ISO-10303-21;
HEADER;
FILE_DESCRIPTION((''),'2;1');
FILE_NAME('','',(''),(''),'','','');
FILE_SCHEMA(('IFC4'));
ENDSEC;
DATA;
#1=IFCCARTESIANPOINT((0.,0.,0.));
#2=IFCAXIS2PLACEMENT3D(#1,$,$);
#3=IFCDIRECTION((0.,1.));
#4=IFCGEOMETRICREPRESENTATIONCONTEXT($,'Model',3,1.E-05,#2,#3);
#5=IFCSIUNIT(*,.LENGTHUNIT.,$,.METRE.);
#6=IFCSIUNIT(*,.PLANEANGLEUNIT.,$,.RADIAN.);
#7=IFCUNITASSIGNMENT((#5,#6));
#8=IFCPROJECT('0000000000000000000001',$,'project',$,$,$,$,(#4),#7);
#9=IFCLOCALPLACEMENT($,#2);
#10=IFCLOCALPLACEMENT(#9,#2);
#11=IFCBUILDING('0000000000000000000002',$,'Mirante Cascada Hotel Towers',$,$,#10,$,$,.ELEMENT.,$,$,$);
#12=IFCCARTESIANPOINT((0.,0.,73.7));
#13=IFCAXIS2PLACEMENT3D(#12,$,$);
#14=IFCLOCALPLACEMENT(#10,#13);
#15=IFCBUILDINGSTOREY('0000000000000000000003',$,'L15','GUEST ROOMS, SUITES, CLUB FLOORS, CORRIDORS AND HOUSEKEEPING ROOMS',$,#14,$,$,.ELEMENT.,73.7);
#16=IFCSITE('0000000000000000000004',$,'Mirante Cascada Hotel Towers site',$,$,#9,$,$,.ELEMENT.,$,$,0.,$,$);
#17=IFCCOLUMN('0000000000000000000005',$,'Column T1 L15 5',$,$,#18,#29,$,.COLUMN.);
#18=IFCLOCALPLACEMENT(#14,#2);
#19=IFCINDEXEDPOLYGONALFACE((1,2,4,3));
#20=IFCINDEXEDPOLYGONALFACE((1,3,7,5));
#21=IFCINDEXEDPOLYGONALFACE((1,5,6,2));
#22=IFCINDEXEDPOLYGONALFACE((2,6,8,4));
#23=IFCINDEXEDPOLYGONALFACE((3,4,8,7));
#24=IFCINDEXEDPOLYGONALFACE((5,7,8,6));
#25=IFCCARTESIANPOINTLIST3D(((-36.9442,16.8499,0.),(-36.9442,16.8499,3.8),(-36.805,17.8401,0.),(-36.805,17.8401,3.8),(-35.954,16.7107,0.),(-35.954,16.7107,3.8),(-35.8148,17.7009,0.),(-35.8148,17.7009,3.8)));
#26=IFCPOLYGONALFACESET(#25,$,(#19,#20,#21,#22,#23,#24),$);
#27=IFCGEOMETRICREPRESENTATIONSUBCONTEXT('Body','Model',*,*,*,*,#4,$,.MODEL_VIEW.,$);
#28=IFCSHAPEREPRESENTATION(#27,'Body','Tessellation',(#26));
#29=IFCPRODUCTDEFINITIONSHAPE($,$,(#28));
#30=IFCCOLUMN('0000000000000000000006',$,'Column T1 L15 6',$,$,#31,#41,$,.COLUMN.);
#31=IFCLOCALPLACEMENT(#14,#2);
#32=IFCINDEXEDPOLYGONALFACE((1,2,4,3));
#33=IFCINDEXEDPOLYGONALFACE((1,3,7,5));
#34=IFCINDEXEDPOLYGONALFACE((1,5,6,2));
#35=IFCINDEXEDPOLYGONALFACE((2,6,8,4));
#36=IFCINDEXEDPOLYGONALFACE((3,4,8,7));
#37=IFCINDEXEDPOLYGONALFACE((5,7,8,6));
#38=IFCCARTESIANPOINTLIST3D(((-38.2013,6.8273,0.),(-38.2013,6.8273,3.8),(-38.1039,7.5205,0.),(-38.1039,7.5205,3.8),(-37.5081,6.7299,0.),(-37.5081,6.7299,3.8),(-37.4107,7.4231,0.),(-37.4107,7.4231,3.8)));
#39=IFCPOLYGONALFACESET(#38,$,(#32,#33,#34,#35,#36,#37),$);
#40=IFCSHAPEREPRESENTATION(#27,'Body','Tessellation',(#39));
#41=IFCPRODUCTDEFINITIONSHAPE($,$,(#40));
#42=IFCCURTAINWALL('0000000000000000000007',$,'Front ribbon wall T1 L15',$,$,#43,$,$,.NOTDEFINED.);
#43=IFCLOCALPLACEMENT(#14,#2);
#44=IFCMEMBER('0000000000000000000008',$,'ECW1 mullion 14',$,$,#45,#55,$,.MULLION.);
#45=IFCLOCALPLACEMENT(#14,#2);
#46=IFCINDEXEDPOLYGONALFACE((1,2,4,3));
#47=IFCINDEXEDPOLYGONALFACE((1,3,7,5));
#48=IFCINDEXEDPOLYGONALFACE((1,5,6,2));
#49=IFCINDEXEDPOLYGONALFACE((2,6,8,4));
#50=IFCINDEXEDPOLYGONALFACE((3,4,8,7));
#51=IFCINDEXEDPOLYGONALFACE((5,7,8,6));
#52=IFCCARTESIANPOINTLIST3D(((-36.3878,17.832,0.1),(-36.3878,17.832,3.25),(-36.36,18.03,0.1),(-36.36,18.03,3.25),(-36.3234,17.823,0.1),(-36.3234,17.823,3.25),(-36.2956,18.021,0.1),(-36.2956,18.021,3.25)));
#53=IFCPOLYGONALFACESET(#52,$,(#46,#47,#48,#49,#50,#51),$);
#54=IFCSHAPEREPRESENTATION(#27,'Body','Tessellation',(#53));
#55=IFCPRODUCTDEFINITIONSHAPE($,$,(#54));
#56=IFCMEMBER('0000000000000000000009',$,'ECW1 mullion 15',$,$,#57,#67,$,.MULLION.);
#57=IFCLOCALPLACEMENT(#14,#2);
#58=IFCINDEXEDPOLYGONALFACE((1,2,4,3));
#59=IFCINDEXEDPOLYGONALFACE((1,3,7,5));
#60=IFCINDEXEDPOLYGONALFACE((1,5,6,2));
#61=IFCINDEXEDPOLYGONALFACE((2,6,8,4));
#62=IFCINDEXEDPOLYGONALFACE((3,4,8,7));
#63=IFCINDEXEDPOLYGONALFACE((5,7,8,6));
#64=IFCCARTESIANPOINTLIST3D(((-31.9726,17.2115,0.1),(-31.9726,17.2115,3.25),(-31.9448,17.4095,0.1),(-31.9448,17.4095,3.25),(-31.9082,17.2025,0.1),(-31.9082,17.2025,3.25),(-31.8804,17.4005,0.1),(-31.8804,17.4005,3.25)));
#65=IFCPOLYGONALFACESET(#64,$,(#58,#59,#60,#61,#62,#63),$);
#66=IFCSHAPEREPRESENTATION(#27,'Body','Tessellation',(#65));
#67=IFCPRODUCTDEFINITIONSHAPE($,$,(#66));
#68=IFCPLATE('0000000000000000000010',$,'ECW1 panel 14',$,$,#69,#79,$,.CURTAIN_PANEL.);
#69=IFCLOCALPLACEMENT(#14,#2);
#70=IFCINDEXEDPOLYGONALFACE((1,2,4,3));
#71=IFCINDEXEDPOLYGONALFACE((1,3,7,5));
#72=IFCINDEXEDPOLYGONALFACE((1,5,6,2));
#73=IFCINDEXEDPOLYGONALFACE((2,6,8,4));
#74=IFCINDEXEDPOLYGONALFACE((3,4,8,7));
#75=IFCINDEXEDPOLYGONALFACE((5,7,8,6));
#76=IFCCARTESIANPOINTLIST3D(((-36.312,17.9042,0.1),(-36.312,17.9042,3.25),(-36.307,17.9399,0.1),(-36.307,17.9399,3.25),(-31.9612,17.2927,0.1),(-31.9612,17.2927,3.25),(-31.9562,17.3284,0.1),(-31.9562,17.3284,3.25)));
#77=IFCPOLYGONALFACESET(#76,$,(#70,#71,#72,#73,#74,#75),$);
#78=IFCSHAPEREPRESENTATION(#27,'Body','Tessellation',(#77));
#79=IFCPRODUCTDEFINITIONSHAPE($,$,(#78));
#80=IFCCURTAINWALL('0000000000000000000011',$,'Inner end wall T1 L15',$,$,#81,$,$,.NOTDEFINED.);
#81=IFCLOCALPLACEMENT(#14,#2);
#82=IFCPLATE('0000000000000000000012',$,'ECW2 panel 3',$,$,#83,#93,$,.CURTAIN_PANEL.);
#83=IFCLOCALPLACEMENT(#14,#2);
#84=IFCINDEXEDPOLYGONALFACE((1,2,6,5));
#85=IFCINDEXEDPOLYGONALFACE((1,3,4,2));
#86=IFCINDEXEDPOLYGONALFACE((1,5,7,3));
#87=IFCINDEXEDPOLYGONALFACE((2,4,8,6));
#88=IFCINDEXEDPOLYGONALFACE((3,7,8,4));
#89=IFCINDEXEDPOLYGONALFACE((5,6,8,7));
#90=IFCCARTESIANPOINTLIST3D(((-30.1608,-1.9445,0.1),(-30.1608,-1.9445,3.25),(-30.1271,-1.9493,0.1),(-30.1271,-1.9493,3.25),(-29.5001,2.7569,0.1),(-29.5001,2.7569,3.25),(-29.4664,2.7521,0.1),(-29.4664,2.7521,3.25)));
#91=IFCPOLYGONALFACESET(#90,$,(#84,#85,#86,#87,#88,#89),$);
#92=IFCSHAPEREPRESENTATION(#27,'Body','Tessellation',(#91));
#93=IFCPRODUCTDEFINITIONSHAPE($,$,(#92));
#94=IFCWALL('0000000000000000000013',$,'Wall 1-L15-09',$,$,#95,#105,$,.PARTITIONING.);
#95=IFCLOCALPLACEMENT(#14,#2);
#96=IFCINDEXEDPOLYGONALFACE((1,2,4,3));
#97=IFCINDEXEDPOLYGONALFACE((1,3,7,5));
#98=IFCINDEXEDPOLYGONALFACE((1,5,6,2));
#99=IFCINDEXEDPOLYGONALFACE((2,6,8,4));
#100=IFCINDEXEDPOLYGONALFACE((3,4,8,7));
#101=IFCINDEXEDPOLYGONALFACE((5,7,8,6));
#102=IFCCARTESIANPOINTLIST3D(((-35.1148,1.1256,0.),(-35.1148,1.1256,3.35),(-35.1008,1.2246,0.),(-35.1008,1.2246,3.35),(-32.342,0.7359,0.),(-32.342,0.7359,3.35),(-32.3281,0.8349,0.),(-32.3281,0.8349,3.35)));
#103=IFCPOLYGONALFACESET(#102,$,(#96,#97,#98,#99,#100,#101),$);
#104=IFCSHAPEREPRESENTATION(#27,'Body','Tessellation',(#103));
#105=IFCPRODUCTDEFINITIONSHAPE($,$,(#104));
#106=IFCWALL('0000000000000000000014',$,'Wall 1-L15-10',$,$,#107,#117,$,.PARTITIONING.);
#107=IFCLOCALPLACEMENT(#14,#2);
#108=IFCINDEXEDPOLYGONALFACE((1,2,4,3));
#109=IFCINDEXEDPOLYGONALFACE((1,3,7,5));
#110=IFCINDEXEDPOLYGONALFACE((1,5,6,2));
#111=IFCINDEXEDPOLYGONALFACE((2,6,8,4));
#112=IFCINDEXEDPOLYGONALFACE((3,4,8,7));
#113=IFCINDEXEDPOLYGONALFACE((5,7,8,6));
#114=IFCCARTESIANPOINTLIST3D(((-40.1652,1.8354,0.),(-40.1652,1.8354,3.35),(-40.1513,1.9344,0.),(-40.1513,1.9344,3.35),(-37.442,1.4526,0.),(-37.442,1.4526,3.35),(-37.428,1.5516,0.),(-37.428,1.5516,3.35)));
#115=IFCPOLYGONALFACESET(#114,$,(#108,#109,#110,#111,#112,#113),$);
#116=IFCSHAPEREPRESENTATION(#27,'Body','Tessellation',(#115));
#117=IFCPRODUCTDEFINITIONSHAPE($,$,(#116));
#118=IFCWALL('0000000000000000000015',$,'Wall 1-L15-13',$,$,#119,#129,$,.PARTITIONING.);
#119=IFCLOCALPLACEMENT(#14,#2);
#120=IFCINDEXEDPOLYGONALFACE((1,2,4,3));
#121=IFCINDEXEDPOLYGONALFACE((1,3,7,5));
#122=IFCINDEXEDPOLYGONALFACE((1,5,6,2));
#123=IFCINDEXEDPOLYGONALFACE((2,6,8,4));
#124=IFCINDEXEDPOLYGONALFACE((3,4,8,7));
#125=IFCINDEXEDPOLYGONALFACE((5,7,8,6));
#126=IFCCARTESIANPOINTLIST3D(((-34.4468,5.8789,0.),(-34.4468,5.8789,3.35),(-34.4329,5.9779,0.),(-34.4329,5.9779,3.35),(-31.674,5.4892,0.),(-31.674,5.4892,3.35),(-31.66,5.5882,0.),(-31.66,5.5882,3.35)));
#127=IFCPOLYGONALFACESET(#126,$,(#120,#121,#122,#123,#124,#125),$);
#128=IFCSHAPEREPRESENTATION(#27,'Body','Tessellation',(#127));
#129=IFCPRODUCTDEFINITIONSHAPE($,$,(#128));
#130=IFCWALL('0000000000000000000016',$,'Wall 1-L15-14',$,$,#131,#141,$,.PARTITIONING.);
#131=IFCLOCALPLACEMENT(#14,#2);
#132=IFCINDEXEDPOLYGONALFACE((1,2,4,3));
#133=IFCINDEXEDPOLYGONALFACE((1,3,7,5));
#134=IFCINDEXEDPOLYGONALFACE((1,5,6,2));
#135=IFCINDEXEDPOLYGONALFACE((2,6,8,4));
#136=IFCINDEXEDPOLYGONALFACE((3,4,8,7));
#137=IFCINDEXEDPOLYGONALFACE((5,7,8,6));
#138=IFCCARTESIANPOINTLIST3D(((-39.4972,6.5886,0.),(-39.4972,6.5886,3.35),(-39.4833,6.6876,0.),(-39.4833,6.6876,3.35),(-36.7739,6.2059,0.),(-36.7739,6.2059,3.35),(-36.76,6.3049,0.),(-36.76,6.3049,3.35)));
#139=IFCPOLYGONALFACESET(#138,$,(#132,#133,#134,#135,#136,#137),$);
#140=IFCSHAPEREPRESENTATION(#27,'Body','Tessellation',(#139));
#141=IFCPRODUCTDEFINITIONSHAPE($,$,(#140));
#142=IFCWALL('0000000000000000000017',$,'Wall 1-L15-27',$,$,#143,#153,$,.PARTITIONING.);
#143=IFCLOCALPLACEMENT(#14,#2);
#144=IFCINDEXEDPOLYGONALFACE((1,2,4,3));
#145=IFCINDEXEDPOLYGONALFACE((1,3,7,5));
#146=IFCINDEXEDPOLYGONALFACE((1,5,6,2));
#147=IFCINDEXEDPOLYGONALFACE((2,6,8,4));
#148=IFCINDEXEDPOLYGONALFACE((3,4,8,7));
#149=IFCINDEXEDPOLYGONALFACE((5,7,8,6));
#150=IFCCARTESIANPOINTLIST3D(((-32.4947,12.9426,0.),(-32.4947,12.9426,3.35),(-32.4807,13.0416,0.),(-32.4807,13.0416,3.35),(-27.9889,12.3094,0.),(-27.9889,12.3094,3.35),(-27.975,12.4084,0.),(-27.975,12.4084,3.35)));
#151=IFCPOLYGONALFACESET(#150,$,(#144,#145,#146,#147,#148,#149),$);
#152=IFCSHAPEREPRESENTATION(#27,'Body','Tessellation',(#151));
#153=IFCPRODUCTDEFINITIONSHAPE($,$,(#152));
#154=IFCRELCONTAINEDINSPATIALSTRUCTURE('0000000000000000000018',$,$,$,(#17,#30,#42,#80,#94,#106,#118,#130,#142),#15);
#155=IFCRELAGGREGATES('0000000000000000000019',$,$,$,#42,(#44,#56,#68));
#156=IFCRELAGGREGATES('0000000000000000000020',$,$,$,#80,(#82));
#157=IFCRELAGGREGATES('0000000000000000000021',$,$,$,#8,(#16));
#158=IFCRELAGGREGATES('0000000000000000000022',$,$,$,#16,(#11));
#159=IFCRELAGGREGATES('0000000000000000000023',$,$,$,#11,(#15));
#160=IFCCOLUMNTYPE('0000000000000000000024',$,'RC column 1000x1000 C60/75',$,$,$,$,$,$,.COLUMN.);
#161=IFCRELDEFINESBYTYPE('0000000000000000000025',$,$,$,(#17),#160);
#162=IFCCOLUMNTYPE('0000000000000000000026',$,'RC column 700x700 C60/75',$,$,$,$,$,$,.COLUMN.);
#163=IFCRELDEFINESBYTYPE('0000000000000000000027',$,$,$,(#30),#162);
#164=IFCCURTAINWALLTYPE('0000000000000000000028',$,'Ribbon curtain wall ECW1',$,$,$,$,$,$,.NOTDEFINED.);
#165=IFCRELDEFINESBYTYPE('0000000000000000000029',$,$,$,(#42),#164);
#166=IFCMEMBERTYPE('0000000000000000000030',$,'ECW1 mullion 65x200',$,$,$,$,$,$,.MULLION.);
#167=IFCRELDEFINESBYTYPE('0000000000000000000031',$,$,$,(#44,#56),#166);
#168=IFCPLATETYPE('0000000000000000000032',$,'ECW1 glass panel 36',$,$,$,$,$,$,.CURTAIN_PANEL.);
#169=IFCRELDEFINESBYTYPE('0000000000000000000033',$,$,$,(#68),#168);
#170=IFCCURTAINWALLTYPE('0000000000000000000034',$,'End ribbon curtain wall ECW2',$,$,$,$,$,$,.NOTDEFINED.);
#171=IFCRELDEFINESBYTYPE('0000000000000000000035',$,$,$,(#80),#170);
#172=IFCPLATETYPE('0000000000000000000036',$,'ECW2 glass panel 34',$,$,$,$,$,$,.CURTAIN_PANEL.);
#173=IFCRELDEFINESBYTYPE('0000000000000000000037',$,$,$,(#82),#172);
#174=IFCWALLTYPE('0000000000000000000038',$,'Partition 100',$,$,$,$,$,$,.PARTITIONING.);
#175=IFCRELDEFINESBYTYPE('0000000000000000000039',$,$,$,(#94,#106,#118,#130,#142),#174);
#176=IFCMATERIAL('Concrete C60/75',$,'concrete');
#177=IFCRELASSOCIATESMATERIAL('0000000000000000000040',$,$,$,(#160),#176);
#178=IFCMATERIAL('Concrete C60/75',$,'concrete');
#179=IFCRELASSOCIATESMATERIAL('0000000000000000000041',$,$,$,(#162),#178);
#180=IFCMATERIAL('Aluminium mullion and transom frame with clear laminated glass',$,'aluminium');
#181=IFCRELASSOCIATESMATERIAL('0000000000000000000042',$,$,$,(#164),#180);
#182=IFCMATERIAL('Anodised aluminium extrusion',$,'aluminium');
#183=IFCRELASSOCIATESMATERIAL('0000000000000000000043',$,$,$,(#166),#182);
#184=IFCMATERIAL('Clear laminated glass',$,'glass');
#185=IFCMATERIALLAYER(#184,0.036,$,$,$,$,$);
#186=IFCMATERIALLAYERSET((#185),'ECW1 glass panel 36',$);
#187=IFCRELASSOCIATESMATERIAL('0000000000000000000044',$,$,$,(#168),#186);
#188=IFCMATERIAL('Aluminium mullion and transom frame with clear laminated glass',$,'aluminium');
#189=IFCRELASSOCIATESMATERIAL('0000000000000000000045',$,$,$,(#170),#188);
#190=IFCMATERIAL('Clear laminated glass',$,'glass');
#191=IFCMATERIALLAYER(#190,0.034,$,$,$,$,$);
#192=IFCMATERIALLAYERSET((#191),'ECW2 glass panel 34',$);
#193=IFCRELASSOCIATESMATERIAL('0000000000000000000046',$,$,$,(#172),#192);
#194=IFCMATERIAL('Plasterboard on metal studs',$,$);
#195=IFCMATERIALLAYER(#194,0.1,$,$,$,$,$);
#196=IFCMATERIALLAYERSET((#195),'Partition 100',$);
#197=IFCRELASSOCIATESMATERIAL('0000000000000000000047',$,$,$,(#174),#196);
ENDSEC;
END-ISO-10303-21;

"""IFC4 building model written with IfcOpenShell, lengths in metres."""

from ifc_helpers import new_model, si_unit, direction, frame, frame_2d, origin, origin_2d, place, context, subcontext, project, spatial, rectangle, extrude, material, layer, layer_set, material_profile, profile_set, type_object, element, aggregate, save


model = new_model("IFC4")

# Units and contexts
model_context = context("Model", 3, precision=1e-05, world=origin(), true_north=direction((0.0, 1.0)))
body_context = subcontext(model_context, "Body", "Model", "MODEL_VIEW")
ifc_project = project(units=[si_unit("LENGTHUNIT", "METRE"), si_unit("PLANEANGLEUNIT", "RADIAN")], contexts=[model_context])

# Site, building, storey
site_placement = place(None, origin())
site = spatial("IfcSite", under=ifc_project, at=site_placement, Name="Mirante Cascada Hotel Towers site", CompositionType="ELEMENT", RefElevation=0.0)
building_placement = place(site_placement, origin())
building = spatial("IfcBuilding", under=site, at=building_placement, Name="Mirante Cascada Hotel Towers", CompositionType="ELEMENT")
storey_placement = place(building_placement, frame((0.0, 0.0, 73.7)))
storey = spatial("IfcBuildingStorey", under=building, at=storey_placement, Name="L15", Description="GUEST ROOMS, SUITES, CLUB FLOORS, CORRIDORS AND HOUSEKEEPING ROOMS", CompositionType="ELEMENT", Elevation=73.7)

# Columns
ifc_material_1 = material(Name="Concrete C60/75", Category="concrete")
ifc_material_profile_1 = material_profile(ifc_material_1, rectangle(XDim=1.0, YDim=1.0, at=origin_2d()), Name="RC column 1000x1000 C60/75")
ifc_profile_set_1 = profile_set([ifc_material_profile_1], Name="Concrete C60/75")
column_type_1 = type_object("IfcColumnType", Name="RC column 1000x1000 C60/75", PredefinedType="COLUMN", material=ifc_profile_set_1)
column_1_placement = place(storey_placement, frame((-36.3795, 17.2754, 0.0), z_axis=(0.0, 0.0, 1.0), x_axis=(-0.990268, 0.139173, 0.0)))
element("IfcColumn", 1, at=column_1_placement, inside=storey, type_object=column_type_1, Name="Column T1 L15 5", PredefinedType="COLUMN", context=body_context, shape_type="SweptSolid", body=[
    extrude(rectangle(XDim=1.0, YDim=1.0, at=origin_2d()), origin(), (0.0, 0.0, 1.0), 3.8),
])
ifc_material_2 = material(Name="Concrete C60/75", Category="concrete")
ifc_material_profile_2 = material_profile(ifc_material_2, rectangle(XDim=0.7, YDim=0.7, at=origin_2d()), Name="RC column 700x700 C60/75")
ifc_profile_set_2 = profile_set([ifc_material_profile_2], Name="Concrete C60/75")
column_type_2 = type_object("IfcColumnType", Name="RC column 700x700 C60/75", PredefinedType="COLUMN", material=ifc_profile_set_2)
column_2_placement = place(storey_placement, frame((-37.806, 7.1252, 0.0), z_axis=(0.0, 0.0, 1.0), x_axis=(-0.990268, 0.139173, 0.0)))
element("IfcColumn", 2, at=column_2_placement, inside=storey, type_object=column_type_2, Name="Column T1 L15 6", PredefinedType="COLUMN", context=body_context, shape_type="SweptSolid", body=[
    extrude(rectangle(XDim=0.7, YDim=0.7, at=origin_2d()), origin(), (0.0, 0.0, 1.0), 3.8),
])

# Curtain wall, members, plate
ifc_material_3 = material(Name="Aluminium mullion and transom frame with clear laminated glass", Category="aluminium")
curtain_wall_type_1 = type_object("IfcCurtainWallType", Name="Ribbon curtain wall ECW1", PredefinedType="NOTDEFINED", material=ifc_material_3)
curtain_wall_1_placement = place(storey_placement, origin())
curtain_wall_1 = element("IfcCurtainWall", 3, at=curtain_wall_1_placement, inside=storey, type_object=curtain_wall_type_1, Name="Front ribbon wall T1 L15", PredefinedType="NOTDEFINED")
ifc_material_4 = material(Name="Anodised aluminium extrusion", Category="aluminium")
ifc_material_profile_3 = material_profile(ifc_material_4, rectangle(XDim=0.2, YDim=0.065, at=origin_2d()), Name="ECW1 MULLION 65x200")
ifc_profile_set_3 = profile_set([ifc_material_profile_3], Name="Anodised aluminium extrusion")
member_type = type_object("IfcMemberType", Name="ECW1 mullion 65x200", PredefinedType="MULLION", material=ifc_profile_set_3)
member_1_placement = place(storey_placement, frame((-36.3417, 17.9265, 0.1), z_axis=(0.0, 0.0, 1.0), x_axis=(0.139173, 0.990268, 0.0)))
member_1 = element("IfcMember", 4, at=member_1_placement, type_object=member_type, Name="ECW1 mullion 14", PredefinedType="MULLION", context=body_context, shape_type="SweptSolid", body=[
    extrude(rectangle(XDim=0.2, YDim=0.065, at=origin_2d()), origin(), (0.0, 0.0, 1.0), 3.15),
])
member_2_placement = place(storey_placement, frame((-31.9265, 17.306, 0.1), z_axis=(0.0, 0.0, 1.0), x_axis=(0.139173, 0.990268, 0.0)))
member_2 = element("IfcMember", 5, at=member_2_placement, type_object=member_type, Name="ECW1 mullion 15", PredefinedType="MULLION", context=body_context, shape_type="SweptSolid", body=[
    extrude(rectangle(XDim=0.2, YDim=0.065, at=origin_2d()), origin(), (0.0, 0.0, 1.0), 3.15),
])
ifc_material_5 = material(Name="Clear laminated glass", Category="glass")
ifc_layer_1 = layer(ifc_material_5, 0.036)
ifc_layer_set_1 = layer_set([ifc_layer_1], Name="ECW1 glass panel 36")
plate_type_1 = type_object("IfcPlateType", Name="ECW1 glass panel 36", PredefinedType="CURTAIN_PANEL", material=ifc_layer_set_1)
plate_1_placement = place(storey_placement, frame((-34.1341, 17.6163, 0.1), z_axis=(0.0, 0.0, 1.0), x_axis=(0.990268, -0.139173, 0.0)))
plate_1 = element("IfcPlate", 6, at=plate_1_placement, type_object=plate_type_1, Name="ECW1 panel 14", PredefinedType="CURTAIN_PANEL", context=body_context, shape_type="SweptSolid", body=[
    extrude(rectangle(XDim=4.3936, YDim=0.036, at=origin_2d()), origin(), (0.0, 0.0, 1.0), 3.15),
])
aggregate(curtain_wall_1, [member_1, member_2, plate_1])

# Curtain wall, plate
ifc_material_6 = material(Name="Aluminium mullion and transom frame with clear laminated glass", Category="aluminium")
curtain_wall_type_2 = type_object("IfcCurtainWallType", Name="End ribbon curtain wall ECW2", PredefinedType="NOTDEFINED", material=ifc_material_6)
curtain_wall_2_placement = place(storey_placement, origin())
curtain_wall_2 = element("IfcCurtainWall", 7, at=curtain_wall_2_placement, inside=storey, type_object=curtain_wall_type_2, Name="Inner end wall T1 L15", PredefinedType="NOTDEFINED")
ifc_material_7 = material(Name="Clear laminated glass", Category="glass")
ifc_layer_2 = layer(ifc_material_7, 0.034)
ifc_layer_set_2 = layer_set([ifc_layer_2], Name="ECW2 glass panel 34")
plate_type_2 = type_object("IfcPlateType", Name="ECW2 glass panel 34", PredefinedType="CURTAIN_PANEL", material=ifc_layer_set_2)
plate_2_placement = place(storey_placement, frame((-29.8136, 0.4038, 0.1), z_axis=(0.0, 0.0, 1.0), x_axis=(-0.139173, -0.990268, 0.0)))
plate_2 = element("IfcPlate", 8, at=plate_2_placement, type_object=plate_type_2, Name="ECW2 panel 3", PredefinedType="CURTAIN_PANEL", context=body_context, shape_type="SweptSolid", body=[
    extrude(rectangle(XDim=4.7476, YDim=0.034, at=origin_2d()), origin(), (0.0, 0.0, 1.0), 3.15),
])
aggregate(curtain_wall_2, [plate_2])

# Walls
ifc_material_8 = material(Name="Plasterboard on metal studs")
ifc_layer_3 = layer(ifc_material_8, 0.1)
ifc_layer_set_3 = layer_set([ifc_layer_3], Name="Partition 100")
wall_type_1 = type_object("IfcWallType", Name="Partition 100", PredefinedType="PARTITIONING", material=ifc_layer_set_3)
wall_1_placement = place(storey_placement, frame((-35.1078, 1.1751, 0.0), z_axis=(0.0, 0.0, 1.0), x_axis=(0.990267, -0.139181, 0.0)))
element("IfcWall", 9, at=wall_1_placement, inside=storey, type_object=wall_type_1, Name="Wall 1-L15-09", PredefinedType="PARTITIONING", context=body_context, shape_type="SweptSolid", body=[
    extrude(rectangle(XDim=2.8, YDim=0.1, at=frame_2d((1.4, 0.0))), origin(), (0.0, 0.0, 1.0), 3.35),
])
wall_2_placement = place(storey_placement, frame((-37.435, 1.5021, 0.0), z_axis=(0.0, 0.0, 1.0), x_axis=(-0.990264, 0.139201, 0.0)))
element("IfcWall", 10, at=wall_2_placement, inside=storey, type_object=wall_type_1, Name="Wall 1-L15-10", PredefinedType="PARTITIONING", context=body_context, shape_type="SweptSolid", body=[
    extrude(rectangle(XDim=2.75, YDim=0.1, at=frame_2d((1.375, 0.0))), origin(), (0.0, 0.0, 1.0), 3.35),
])
wall_3_placement = place(storey_placement, frame((-34.4398, 5.9284, 0.0), z_axis=(0.0, 0.0, 1.0), x_axis=(0.990268, -0.139176, 0.0)))
element("IfcWall", 11, at=wall_3_placement, inside=storey, type_object=wall_type_1, Name="Wall 1-L15-13", PredefinedType="PARTITIONING", context=body_context, shape_type="SweptSolid", body=[
    extrude(rectangle(XDim=2.8001, YDim=0.1, at=frame_2d((1.4, 0.0))), origin(), (0.0, 0.0, 1.0), 3.35),
])
wall_4_placement = place(storey_placement, frame((-36.7669, 6.2554, 0.0), z_axis=(0.0, 0.0, 1.0), x_axis=(-0.99027, 0.139161, 0.0)))
element("IfcWall", 12, at=wall_4_placement, inside=storey, type_object=wall_type_1, Name="Wall 1-L15-14", PredefinedType="PARTITIONING", context=body_context, shape_type="SweptSolid", body=[
    extrude(rectangle(XDim=2.7501, YDim=0.1, at=frame_2d((1.3751, 0.0))), origin(), (0.0, 0.0, 1.0), 3.35),
])
wall_5_placement = place(storey_placement, frame((-32.4877, 12.9921, 0.0), z_axis=(0.0, 0.0, 1.0), x_axis=(0.990269, -0.139166, 0.0)))
element("IfcWall", 13, at=wall_5_placement, inside=storey, type_object=wall_type_1, Name="Wall 1-L15-27", PredefinedType="PARTITIONING", context=body_context, shape_type="SweptSolid", body=[
    extrude(rectangle(XDim=4.55, YDim=0.1, at=frame_2d((2.275, 0.0))), origin(), (0.0, 0.0, 1.0), 3.35),
])

save(model, "model.ifc")
